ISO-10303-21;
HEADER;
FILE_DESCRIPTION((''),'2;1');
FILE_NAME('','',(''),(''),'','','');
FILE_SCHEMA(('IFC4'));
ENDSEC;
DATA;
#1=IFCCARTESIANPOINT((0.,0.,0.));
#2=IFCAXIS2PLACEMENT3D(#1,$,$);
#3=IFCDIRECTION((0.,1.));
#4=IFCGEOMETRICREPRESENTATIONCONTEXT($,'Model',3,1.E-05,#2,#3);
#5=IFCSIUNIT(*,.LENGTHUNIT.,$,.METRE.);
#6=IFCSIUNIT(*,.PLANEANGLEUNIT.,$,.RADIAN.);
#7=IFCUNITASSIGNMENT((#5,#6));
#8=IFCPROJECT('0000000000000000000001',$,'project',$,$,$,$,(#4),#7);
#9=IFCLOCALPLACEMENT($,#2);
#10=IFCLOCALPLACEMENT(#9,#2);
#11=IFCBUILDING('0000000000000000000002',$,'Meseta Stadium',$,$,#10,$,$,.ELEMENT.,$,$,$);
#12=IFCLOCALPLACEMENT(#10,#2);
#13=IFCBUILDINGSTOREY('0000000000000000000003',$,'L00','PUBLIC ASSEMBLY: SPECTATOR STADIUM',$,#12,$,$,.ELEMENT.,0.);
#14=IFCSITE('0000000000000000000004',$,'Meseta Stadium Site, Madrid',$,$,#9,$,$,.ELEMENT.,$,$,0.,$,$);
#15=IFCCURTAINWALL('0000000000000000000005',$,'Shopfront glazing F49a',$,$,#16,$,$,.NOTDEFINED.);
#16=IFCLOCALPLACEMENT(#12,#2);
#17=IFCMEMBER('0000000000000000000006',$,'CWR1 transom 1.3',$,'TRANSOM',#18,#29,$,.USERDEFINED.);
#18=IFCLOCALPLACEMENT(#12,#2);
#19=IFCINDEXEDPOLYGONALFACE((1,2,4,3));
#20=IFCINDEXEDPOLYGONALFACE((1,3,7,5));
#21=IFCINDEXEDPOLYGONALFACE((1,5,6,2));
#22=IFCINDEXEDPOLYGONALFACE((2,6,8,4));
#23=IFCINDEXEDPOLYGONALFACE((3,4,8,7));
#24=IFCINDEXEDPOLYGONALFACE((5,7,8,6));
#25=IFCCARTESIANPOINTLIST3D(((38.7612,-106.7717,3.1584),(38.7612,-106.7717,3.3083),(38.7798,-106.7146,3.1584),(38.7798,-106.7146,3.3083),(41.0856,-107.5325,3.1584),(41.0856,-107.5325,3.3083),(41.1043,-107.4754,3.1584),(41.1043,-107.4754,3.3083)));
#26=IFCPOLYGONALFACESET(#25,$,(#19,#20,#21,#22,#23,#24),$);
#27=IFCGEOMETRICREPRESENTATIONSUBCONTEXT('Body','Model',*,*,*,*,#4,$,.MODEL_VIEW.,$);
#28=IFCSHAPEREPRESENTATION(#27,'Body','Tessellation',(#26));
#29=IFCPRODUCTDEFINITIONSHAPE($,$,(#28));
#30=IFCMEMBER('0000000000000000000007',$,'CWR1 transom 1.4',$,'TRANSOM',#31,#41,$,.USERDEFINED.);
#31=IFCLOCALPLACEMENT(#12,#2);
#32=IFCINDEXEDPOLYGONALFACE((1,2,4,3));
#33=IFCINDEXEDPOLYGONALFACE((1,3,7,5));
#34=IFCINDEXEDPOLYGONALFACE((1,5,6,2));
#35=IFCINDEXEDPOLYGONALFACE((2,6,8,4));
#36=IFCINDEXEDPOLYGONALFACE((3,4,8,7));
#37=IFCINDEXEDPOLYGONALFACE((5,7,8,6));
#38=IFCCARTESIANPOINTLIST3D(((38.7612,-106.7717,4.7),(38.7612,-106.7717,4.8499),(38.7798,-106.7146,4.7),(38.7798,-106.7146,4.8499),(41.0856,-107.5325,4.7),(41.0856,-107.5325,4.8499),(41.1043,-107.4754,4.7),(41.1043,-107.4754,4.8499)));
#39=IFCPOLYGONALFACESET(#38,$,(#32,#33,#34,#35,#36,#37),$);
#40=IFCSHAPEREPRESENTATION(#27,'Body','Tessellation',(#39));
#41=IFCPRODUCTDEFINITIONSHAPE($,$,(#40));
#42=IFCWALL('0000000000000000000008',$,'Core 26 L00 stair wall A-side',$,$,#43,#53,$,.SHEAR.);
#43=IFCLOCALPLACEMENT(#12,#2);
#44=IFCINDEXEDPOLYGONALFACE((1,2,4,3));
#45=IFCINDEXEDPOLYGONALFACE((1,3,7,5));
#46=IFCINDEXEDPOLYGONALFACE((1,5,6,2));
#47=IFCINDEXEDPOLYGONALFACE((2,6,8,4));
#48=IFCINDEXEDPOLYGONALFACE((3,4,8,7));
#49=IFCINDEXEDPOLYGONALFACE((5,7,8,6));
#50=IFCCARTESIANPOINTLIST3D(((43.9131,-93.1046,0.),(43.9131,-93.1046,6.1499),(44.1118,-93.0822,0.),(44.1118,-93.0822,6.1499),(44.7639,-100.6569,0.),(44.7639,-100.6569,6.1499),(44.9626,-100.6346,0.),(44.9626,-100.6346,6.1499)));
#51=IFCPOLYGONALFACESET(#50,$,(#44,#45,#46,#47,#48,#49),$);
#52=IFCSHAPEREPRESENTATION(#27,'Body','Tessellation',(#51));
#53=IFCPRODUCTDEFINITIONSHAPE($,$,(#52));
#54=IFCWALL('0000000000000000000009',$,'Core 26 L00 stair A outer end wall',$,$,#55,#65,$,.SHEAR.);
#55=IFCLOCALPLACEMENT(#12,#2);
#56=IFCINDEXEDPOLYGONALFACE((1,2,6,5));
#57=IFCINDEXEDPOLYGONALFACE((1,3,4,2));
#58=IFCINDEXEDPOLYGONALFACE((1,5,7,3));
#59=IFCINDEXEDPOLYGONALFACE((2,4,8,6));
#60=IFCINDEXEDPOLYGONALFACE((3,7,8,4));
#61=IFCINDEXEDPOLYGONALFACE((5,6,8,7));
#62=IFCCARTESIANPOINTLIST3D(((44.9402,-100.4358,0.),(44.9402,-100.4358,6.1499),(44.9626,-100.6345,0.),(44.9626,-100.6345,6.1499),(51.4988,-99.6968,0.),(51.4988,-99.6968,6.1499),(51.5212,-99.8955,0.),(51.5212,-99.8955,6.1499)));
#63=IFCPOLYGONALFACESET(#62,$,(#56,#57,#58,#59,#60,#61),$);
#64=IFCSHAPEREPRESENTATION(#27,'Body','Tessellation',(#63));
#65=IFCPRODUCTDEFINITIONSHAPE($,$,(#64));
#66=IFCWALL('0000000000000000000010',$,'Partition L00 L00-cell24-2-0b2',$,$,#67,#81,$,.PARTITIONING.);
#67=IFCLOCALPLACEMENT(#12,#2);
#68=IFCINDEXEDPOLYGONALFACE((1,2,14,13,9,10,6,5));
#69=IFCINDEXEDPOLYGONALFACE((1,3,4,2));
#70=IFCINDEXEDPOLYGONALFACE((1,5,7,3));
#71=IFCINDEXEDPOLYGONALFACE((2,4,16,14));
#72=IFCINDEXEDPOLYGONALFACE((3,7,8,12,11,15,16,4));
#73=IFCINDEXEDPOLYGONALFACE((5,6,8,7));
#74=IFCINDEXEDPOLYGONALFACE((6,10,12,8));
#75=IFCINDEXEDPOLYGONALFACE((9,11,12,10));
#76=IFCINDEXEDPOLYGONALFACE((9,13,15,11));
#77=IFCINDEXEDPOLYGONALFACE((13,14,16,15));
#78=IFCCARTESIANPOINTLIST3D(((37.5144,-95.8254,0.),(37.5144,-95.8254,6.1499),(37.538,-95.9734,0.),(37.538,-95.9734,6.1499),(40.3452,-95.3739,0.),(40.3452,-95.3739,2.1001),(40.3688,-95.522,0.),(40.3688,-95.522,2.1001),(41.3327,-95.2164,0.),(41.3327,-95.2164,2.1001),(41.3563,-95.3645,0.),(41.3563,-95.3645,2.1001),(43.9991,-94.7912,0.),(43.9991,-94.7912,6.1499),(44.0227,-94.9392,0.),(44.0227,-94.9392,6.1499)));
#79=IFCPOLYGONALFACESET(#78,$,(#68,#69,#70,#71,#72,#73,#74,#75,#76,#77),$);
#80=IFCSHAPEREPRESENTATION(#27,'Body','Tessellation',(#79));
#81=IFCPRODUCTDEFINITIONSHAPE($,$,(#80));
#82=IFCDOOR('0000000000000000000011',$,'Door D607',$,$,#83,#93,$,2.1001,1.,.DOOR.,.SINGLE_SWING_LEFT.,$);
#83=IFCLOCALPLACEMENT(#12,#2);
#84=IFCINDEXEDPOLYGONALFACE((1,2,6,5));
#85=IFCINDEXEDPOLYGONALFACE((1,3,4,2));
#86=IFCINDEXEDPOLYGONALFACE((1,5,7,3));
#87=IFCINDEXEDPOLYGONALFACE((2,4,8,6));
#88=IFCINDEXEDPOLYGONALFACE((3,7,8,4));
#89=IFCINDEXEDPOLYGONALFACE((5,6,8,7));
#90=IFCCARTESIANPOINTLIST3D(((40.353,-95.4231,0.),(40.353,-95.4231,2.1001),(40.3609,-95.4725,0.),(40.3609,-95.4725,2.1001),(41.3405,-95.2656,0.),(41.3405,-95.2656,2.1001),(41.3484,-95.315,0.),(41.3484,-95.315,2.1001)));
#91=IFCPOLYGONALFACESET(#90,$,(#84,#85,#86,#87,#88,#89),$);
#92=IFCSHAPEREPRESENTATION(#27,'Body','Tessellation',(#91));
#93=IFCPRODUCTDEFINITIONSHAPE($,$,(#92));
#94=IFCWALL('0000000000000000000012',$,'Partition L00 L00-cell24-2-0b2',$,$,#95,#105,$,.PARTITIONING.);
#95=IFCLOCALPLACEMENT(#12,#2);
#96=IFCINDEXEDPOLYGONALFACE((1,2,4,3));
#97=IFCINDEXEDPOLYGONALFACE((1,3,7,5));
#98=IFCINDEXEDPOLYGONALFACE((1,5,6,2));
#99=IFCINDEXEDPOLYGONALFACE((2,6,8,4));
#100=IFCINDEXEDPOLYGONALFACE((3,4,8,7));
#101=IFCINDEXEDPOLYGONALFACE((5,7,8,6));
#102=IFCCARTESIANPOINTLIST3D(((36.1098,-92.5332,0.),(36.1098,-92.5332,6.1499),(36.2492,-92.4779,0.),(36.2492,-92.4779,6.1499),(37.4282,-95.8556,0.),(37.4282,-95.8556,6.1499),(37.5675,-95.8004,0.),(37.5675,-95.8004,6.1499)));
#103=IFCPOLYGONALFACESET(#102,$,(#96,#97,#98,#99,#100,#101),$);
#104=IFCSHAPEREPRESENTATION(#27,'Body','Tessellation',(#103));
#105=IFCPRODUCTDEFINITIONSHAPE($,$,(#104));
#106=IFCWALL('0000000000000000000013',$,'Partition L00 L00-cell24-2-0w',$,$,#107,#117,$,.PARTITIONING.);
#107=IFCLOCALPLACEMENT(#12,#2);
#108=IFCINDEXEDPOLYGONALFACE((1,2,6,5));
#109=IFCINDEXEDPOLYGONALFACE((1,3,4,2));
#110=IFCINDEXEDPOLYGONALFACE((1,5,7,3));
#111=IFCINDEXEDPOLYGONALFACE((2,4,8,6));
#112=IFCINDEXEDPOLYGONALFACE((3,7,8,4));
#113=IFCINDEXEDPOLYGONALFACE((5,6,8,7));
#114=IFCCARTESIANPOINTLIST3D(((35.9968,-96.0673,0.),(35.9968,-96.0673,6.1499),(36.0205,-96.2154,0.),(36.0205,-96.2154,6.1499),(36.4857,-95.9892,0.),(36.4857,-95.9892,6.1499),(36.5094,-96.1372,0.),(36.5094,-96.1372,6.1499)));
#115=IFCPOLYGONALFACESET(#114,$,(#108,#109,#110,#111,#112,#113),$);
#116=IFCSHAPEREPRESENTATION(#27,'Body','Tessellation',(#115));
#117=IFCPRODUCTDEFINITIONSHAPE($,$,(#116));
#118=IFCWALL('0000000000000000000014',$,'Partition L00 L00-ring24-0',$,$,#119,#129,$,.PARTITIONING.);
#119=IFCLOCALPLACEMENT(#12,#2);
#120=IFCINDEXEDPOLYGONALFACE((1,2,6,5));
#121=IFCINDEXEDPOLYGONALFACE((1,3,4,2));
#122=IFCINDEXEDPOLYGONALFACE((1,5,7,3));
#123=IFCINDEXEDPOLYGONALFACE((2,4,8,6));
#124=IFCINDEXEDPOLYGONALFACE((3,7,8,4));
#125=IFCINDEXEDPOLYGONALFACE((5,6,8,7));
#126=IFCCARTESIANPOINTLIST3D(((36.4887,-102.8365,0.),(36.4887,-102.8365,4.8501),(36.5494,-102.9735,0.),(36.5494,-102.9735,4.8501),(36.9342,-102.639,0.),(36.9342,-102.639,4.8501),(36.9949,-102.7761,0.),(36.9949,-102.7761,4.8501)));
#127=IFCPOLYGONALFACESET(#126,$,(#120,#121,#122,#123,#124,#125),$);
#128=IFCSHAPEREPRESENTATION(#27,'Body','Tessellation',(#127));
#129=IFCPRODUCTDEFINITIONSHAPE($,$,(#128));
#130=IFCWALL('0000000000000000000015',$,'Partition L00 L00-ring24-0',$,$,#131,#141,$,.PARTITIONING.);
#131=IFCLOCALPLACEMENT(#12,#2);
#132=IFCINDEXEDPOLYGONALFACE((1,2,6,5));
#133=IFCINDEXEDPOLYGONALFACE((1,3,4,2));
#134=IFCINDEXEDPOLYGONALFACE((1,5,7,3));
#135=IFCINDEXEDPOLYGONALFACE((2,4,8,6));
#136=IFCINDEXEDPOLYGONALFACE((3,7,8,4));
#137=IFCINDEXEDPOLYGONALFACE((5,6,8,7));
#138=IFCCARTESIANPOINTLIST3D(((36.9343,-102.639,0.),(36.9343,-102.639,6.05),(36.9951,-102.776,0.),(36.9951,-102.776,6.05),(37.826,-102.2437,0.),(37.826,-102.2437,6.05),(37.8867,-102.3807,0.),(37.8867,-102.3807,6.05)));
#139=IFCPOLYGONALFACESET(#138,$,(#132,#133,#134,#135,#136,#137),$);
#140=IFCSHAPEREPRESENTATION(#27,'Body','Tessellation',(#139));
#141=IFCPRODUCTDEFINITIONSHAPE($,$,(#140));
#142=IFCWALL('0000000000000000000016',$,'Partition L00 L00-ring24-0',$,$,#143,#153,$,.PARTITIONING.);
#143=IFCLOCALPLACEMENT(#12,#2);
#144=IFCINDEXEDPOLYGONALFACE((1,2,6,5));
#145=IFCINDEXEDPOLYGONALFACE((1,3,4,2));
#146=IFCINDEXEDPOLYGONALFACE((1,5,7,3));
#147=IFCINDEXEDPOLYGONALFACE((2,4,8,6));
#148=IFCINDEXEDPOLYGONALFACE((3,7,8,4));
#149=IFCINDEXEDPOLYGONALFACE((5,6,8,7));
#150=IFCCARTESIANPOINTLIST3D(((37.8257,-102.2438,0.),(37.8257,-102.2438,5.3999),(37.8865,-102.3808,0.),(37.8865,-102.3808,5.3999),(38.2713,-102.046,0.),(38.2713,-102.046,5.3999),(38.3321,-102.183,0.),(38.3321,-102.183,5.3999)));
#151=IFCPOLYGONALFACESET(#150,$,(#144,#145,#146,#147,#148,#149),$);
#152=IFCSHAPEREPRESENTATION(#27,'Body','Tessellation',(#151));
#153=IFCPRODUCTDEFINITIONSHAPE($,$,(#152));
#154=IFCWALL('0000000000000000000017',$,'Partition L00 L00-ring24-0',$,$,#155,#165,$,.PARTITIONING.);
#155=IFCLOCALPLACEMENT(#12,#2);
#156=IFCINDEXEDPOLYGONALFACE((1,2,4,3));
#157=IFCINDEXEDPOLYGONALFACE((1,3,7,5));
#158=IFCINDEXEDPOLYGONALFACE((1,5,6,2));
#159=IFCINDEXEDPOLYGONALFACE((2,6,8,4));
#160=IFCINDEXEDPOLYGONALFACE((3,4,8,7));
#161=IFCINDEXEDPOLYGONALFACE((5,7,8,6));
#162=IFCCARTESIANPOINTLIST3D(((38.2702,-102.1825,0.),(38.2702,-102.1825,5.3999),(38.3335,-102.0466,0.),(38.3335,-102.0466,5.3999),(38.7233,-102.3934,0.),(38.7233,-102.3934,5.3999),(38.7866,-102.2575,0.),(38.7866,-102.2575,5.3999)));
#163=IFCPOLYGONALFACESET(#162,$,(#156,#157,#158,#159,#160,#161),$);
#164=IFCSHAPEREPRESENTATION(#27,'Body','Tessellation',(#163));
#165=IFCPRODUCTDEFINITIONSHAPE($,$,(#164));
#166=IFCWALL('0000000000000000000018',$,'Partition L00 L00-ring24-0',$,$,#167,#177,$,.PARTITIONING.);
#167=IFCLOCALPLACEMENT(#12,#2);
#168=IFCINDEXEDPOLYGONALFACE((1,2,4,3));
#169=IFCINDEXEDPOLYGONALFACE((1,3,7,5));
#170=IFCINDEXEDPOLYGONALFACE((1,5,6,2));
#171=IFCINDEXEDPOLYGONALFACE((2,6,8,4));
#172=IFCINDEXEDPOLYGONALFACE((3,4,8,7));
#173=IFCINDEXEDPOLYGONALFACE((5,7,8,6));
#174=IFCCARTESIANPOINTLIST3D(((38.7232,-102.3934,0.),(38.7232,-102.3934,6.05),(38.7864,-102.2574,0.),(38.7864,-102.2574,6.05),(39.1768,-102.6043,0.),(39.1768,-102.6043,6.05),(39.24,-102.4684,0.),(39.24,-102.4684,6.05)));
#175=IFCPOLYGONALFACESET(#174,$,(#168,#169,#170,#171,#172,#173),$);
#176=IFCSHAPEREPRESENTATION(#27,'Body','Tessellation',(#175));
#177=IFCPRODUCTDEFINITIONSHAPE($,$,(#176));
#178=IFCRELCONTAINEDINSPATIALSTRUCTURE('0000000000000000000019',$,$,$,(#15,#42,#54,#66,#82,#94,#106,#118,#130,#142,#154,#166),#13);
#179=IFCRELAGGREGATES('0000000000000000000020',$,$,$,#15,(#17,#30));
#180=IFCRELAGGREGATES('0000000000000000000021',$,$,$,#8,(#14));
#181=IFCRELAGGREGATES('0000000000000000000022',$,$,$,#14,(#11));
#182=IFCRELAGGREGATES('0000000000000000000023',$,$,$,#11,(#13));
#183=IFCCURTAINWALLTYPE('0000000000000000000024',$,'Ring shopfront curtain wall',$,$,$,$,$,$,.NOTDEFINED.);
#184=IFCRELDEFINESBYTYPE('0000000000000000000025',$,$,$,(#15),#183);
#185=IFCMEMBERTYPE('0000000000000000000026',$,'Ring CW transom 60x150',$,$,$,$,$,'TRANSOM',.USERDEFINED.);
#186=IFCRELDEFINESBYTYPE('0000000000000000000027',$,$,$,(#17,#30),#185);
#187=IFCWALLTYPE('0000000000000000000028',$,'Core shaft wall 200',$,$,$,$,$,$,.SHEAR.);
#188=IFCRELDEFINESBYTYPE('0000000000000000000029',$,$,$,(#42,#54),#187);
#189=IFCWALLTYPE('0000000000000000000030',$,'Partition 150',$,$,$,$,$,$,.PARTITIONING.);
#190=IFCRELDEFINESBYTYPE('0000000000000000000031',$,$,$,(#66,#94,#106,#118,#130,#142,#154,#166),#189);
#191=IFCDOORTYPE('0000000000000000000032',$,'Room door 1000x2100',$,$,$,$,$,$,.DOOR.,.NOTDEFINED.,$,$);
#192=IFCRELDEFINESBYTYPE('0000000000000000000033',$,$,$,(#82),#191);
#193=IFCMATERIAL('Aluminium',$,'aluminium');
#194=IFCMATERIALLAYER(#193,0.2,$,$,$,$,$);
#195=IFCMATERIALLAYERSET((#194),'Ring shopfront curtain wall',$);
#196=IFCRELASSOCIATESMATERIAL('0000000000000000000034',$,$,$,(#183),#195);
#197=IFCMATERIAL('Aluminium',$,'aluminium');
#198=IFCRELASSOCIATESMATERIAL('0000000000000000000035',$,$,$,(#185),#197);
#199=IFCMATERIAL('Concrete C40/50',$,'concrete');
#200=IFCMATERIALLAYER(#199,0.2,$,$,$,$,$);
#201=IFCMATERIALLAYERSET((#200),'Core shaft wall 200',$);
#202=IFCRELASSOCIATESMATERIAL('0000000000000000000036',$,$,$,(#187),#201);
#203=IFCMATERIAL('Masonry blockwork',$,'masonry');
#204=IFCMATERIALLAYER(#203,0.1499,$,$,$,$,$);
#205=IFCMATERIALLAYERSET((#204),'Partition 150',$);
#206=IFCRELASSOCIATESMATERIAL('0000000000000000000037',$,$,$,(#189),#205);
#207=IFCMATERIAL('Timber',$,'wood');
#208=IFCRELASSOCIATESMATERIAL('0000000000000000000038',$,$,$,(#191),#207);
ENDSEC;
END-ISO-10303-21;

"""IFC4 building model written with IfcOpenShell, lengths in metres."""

from ifc_helpers import new_model, si_unit, direction, frame, frame_2d, origin, origin_2d, place, context, subcontext, project, spatial, rectangle, extrude, material, layer, layer_set, material_profile, profile_set, type_object, element, fill, aggregate, save


model = new_model("IFC4")

# Units and contexts
model_context = context("Model", 3, precision=1e-05, world=origin(), true_north=direction((0.0, 1.0)))
body_context = subcontext(model_context, "Body", "Model", "MODEL_VIEW")
ifc_project = project(units=[si_unit("LENGTHUNIT", "METRE"), si_unit("PLANEANGLEUNIT", "RADIAN")], contexts=[model_context])

# Site, building, storey
site_placement = place(None, origin())
site = spatial("IfcSite", under=ifc_project, at=site_placement, Name="Meseta Stadium Site, Madrid", CompositionType="ELEMENT", RefElevation=0.0)
building_placement = place(site_placement, origin())
building = spatial("IfcBuilding", under=site, at=building_placement, Name="Meseta Stadium", CompositionType="ELEMENT")
storey_placement = place(building_placement, origin())
storey = spatial("IfcBuildingStorey", under=building, at=storey_placement, Name="L00", Description="PUBLIC ASSEMBLY: SPECTATOR STADIUM", CompositionType="ELEMENT", Elevation=0.0)

# Shared definitions
ifc_material_1 = material(Name="Aluminium", Category="aluminium")
ifc_layer_1 = layer(ifc_material_1, 0.2)
ifc_layer_set_1 = layer_set([ifc_layer_1], Name="Ring shopfront curtain wall")
curtain_wall_type = type_object("IfcCurtainWallType", Name="Ring shopfront curtain wall", PredefinedType="NOTDEFINED", material=ifc_layer_set_1)

# Curtain wall, members
curtain_wall_1_placement = place(storey_placement, origin())
curtain_wall_1 = element("IfcCurtainWall", 1, at=curtain_wall_1_placement, inside=storey, type_object=curtain_wall_type, Name="Shopfront glazing F49a", PredefinedType="NOTDEFINED")
ifc_material_2 = material(Name="Aluminium", Category="aluminium")
ifc_material_profile_1 = material_profile(ifc_material_2, rectangle(XDim=0.0601, YDim=0.1499, at=origin_2d()), Name="CW 60x150")
ifc_profile_set_1 = profile_set([ifc_material_profile_1], Name="Aluminium")
member_type_1 = type_object("IfcMemberType", Name="Ring CW transom 60x150", ElementType="TRANSOM", PredefinedType="USERDEFINED", material=ifc_profile_set_1)
member_1_placement = place(storey_placement, frame((38.7705, -106.7432, 3.2334), z_axis=(0.950396, -0.311042, 0.0), x_axis=(0.311042, 0.950396, 0.0)))
member_1 = element("IfcMember", 2, at=member_1_placement, type_object=member_type_1, Name="CWR1 transom 1.3", ObjectType="TRANSOM", PredefinedType="USERDEFINED", context=body_context, shape_type="SweptSolid", body=[
    extrude(rectangle(XDim=0.0601, YDim=0.1499, at=origin_2d()), origin(), (0.0, 0.0, 1.0), 2.4458),
])
member_2_placement = place(storey_placement, frame((38.7705, -106.7432, 4.7749), z_axis=(0.950396, -0.311042, 0.0), x_axis=(0.311042, 0.950396, 0.0)))
member_2 = element("IfcMember", 3, at=member_2_placement, type_object=member_type_1, Name="CWR1 transom 1.4", ObjectType="TRANSOM", PredefinedType="USERDEFINED", context=body_context, shape_type="SweptSolid", body=[
    extrude(rectangle(XDim=0.0601, YDim=0.1499, at=origin_2d()), origin(), (0.0, 0.0, 1.0), 2.4458),
])
aggregate(curtain_wall_1, [member_1, member_2])

# Walls
ifc_material_3 = material(Name="Concrete C40/50", Category="concrete")
ifc_layer_2 = layer(ifc_material_3, 0.2)
ifc_layer_set_2 = layer_set([ifc_layer_2], Name="Core shaft wall 200")
wall_type_1 = type_object("IfcWallType", Name="Core shaft wall 200", PredefinedType="SHEAR", material=ifc_layer_set_2)
wall_1_placement = place(storey_placement, frame((44.8633, -100.6458, 0.0), z_axis=(0.0, 0.0, 1.0), x_axis=(-0.111951, 0.993714, 0.0)))
element("IfcWall", 4, at=wall_1_placement, inside=storey, type_object=wall_type_1, Name="Core 26 L00 stair wall A-side", PredefinedType="SHEAR", context=body_context, shape_type="SweptSolid", body=[
    extrude(rectangle(XDim=7.6001, YDim=0.2, at=frame_2d((3.8, 0.0))), origin(), (0.0, 0.0, 1.0), 6.1499),
])
wall_2_placement = place(storey_placement, frame((44.9514, -100.5352, 0.0), z_axis=(0.0, 0.0, 1.0), x_axis=(0.993712, 0.11197, 0.0)))
element("IfcWall", 5, at=wall_2_placement, inside=storey, type_object=wall_type_1, Name="Core 26 L00 stair A outer end wall", PredefinedType="SHEAR", context=body_context, shape_type="SweptSolid", body=[
    extrude(rectangle(XDim=6.6001, YDim=0.2, at=frame_2d((3.3, 0.0))), origin(), (0.0, 0.0, 1.0), 6.1499),
])

# Wall, opening, door
ifc_material_4 = material(Name="Masonry blockwork", Category="masonry")
ifc_layer_3 = layer(ifc_material_4, 0.1499)
ifc_layer_set_3 = layer_set([ifc_layer_3], Name="Partition 150")
wall_type_2 = type_object("IfcWallType", Name="Partition 150", PredefinedType="PARTITIONING", material=ifc_layer_set_3)
wall_3_placement = place(storey_placement, frame((44.0107, -94.8652, 0.0), z_axis=(0.0, 0.0, 1.0), x_axis=(-0.98752, -0.157492, 0.0)))
wall_3 = element("IfcWall", 6, at=wall_3_placement, inside=storey, type_object=wall_type_2, Name="Partition L00 L00-cell24-2-0b2", PredefinedType="PARTITIONING", context=body_context, shape_type="SweptSolid", body=[
    extrude(rectangle(XDim=6.5667, YDim=0.1499, at=frame_2d((3.2832, 0.0))), origin(), (0.0, 0.0, 1.0), 6.1499),
])
opening_1_placement = place(wall_3_placement, frame((2.7, 0.0, 0.0)))
opening_1 = element("IfcOpeningElement", 7, at=opening_1_placement, cuts=wall_3, PredefinedType="OPENING", context=body_context, shape_type="SweptSolid", body=[
    extrude(rectangle(XDim=1.0, YDim=2.1001, at=frame_2d((0.5, 1.05))), frame((0.0, 0.085, 0.0), z_axis=(0.0, -1.0, 0.0), x_axis=(1.0, 0.0, 0.0)), (0.0, 0.0, 1.0), 0.1699),
])
ifc_material_5 = material(Name="Timber", Category="wood")
door_type_1 = type_object("IfcDoorType", Name="Room door 1000x2100", OperationType="NOTDEFINED", PredefinedType="DOOR", material=ifc_material_5)
door_1_placement = place(opening_1_placement, origin())
door_1 = element("IfcDoor", 8, at=door_1_placement, inside=storey, type_object=door_type_1, Name="Door D607", OperationType="SINGLE_SWING_LEFT", OverallHeight=2.1001, OverallWidth=1.0, PredefinedType="DOOR", context=body_context, shape_type="SweptSolid", body=[
    extrude(rectangle(XDim=1.0, YDim=2.1001, at=frame_2d((0.5, 1.05))), frame((0.0, 0.0249, 0.0), z_axis=(0.0, -1.0, 0.0), x_axis=(1.0, 0.0, 0.0)), (0.0, 0.0, 1.0), 0.05),
])
fill(opening_1, door_1)

# Walls
wall_4_placement = place(storey_placement, frame((37.4978, -95.8279, 0.0), z_axis=(0.0, 0.0, 1.0), x_axis=(-0.368822, 0.9295, 0.0)))
element("IfcWall", 9, at=wall_4_placement, inside=storey, type_object=wall_type_2, Name="Partition L00 L00-cell24-2-0b2", PredefinedType="PARTITIONING", context=body_context, shape_type="SweptSolid", body=[
    extrude(rectangle(XDim=3.5745, YDim=0.1499, at=frame_2d((1.7871, 0.0))), origin(), (0.0, 0.0, 1.0), 6.1499),
])
wall_5_placement = place(storey_placement, frame((36.4976, -96.0632, 0.0), z_axis=(0.0, 0.0, 1.0), x_axis=(-0.987478, -0.15776, 0.0)))
element("IfcWall", 10, at=wall_5_placement, inside=storey, type_object=wall_type_2, Name="Partition L00 L00-cell24-2-0w", PredefinedType="PARTITIONING", context=body_context, shape_type="SweptSolid", body=[
    extrude(rectangle(XDim=0.4951, YDim=0.1499, at=frame_2d((0.2476, 0.0))), origin(), (0.0, 0.0, 1.0), 6.1499),
])
wall_6_placement = place(storey_placement, frame((36.519, -102.905, 0.0), z_axis=(0.0, 0.0, 1.0), x_axis=(0.914204, 0.405255, 0.0)))
element("IfcWall", 11, at=wall_6_placement, inside=storey, type_object=wall_type_2, Name="Partition L00 L00-ring24-0", PredefinedType="PARTITIONING", context=body_context, shape_type="SweptSolid", body=[
    extrude(rectangle(XDim=0.4873, YDim=0.1499, at=frame_2d((0.2437, 0.0))), origin(), (0.0, 0.0, 1.0), 4.8501),
])
wall_7_placement = place(storey_placement, frame((36.9646, -102.7075, 0.0), z_axis=(0.0, 0.0, 1.0), x_axis=(0.914193, 0.405279, 0.0)))
element("IfcWall", 12, at=wall_7_placement, inside=storey, type_object=wall_type_2, Name="Partition L00 L00-ring24-0", PredefinedType="PARTITIONING", context=body_context, shape_type="SweptSolid", body=[
    extrude(rectangle(XDim=0.9753, YDim=0.1499, at=frame_2d((0.4878, 0.0))), origin(), (0.0, 0.0, 1.0), 6.05),
])
wall_8_placement = place(storey_placement, frame((37.8562, -102.3123, 0.0), z_axis=(0.0, 0.0, 1.0), x_axis=(0.914018, 0.405674, 0.0)))
element("IfcWall", 13, at=wall_8_placement, inside=storey, type_object=wall_type_2, Name="Partition L00 L00-ring24-0", PredefinedType="PARTITIONING", context=body_context, shape_type="SweptSolid", body=[
    extrude(rectangle(XDim=0.4875, YDim=0.1499, at=frame_2d((0.2437, 0.0))), origin(), (0.0, 0.0, 1.0), 5.3999),
])
wall_9_placement = place(storey_placement, frame((38.3018, -102.1145, 0.0), z_axis=(0.0, 0.0, 1.0), x_axis=(0.906582, -0.42203, 0.0)))
element("IfcWall", 14, at=wall_9_placement, inside=storey, type_object=wall_type_2, Name="Partition L00 L00-ring24-0", PredefinedType="PARTITIONING", context=body_context, shape_type="SweptSolid", body=[
    extrude(rectangle(XDim=0.4998, YDim=0.1499, at=frame_2d((0.25, 0.0))), origin(), (0.0, 0.0, 1.0), 5.3999),
])
wall_10_placement = place(storey_placement, frame((38.7549, -102.3254, 0.0), z_axis=(0.0, 0.0, 1.0), x_axis=(0.906756, -0.421656, 0.0)))
element("IfcWall", 15, at=wall_10_placement, inside=storey, type_object=wall_type_2, Name="Partition L00 L00-ring24-0", PredefinedType="PARTITIONING", context=body_context, shape_type="SweptSolid", body=[
    extrude(rectangle(XDim=0.5002, YDim=0.1499, at=frame_2d((0.25, 0.0))), origin(), (0.0, 0.0, 1.0), 6.05),
])

save(model, "model.ifc")
